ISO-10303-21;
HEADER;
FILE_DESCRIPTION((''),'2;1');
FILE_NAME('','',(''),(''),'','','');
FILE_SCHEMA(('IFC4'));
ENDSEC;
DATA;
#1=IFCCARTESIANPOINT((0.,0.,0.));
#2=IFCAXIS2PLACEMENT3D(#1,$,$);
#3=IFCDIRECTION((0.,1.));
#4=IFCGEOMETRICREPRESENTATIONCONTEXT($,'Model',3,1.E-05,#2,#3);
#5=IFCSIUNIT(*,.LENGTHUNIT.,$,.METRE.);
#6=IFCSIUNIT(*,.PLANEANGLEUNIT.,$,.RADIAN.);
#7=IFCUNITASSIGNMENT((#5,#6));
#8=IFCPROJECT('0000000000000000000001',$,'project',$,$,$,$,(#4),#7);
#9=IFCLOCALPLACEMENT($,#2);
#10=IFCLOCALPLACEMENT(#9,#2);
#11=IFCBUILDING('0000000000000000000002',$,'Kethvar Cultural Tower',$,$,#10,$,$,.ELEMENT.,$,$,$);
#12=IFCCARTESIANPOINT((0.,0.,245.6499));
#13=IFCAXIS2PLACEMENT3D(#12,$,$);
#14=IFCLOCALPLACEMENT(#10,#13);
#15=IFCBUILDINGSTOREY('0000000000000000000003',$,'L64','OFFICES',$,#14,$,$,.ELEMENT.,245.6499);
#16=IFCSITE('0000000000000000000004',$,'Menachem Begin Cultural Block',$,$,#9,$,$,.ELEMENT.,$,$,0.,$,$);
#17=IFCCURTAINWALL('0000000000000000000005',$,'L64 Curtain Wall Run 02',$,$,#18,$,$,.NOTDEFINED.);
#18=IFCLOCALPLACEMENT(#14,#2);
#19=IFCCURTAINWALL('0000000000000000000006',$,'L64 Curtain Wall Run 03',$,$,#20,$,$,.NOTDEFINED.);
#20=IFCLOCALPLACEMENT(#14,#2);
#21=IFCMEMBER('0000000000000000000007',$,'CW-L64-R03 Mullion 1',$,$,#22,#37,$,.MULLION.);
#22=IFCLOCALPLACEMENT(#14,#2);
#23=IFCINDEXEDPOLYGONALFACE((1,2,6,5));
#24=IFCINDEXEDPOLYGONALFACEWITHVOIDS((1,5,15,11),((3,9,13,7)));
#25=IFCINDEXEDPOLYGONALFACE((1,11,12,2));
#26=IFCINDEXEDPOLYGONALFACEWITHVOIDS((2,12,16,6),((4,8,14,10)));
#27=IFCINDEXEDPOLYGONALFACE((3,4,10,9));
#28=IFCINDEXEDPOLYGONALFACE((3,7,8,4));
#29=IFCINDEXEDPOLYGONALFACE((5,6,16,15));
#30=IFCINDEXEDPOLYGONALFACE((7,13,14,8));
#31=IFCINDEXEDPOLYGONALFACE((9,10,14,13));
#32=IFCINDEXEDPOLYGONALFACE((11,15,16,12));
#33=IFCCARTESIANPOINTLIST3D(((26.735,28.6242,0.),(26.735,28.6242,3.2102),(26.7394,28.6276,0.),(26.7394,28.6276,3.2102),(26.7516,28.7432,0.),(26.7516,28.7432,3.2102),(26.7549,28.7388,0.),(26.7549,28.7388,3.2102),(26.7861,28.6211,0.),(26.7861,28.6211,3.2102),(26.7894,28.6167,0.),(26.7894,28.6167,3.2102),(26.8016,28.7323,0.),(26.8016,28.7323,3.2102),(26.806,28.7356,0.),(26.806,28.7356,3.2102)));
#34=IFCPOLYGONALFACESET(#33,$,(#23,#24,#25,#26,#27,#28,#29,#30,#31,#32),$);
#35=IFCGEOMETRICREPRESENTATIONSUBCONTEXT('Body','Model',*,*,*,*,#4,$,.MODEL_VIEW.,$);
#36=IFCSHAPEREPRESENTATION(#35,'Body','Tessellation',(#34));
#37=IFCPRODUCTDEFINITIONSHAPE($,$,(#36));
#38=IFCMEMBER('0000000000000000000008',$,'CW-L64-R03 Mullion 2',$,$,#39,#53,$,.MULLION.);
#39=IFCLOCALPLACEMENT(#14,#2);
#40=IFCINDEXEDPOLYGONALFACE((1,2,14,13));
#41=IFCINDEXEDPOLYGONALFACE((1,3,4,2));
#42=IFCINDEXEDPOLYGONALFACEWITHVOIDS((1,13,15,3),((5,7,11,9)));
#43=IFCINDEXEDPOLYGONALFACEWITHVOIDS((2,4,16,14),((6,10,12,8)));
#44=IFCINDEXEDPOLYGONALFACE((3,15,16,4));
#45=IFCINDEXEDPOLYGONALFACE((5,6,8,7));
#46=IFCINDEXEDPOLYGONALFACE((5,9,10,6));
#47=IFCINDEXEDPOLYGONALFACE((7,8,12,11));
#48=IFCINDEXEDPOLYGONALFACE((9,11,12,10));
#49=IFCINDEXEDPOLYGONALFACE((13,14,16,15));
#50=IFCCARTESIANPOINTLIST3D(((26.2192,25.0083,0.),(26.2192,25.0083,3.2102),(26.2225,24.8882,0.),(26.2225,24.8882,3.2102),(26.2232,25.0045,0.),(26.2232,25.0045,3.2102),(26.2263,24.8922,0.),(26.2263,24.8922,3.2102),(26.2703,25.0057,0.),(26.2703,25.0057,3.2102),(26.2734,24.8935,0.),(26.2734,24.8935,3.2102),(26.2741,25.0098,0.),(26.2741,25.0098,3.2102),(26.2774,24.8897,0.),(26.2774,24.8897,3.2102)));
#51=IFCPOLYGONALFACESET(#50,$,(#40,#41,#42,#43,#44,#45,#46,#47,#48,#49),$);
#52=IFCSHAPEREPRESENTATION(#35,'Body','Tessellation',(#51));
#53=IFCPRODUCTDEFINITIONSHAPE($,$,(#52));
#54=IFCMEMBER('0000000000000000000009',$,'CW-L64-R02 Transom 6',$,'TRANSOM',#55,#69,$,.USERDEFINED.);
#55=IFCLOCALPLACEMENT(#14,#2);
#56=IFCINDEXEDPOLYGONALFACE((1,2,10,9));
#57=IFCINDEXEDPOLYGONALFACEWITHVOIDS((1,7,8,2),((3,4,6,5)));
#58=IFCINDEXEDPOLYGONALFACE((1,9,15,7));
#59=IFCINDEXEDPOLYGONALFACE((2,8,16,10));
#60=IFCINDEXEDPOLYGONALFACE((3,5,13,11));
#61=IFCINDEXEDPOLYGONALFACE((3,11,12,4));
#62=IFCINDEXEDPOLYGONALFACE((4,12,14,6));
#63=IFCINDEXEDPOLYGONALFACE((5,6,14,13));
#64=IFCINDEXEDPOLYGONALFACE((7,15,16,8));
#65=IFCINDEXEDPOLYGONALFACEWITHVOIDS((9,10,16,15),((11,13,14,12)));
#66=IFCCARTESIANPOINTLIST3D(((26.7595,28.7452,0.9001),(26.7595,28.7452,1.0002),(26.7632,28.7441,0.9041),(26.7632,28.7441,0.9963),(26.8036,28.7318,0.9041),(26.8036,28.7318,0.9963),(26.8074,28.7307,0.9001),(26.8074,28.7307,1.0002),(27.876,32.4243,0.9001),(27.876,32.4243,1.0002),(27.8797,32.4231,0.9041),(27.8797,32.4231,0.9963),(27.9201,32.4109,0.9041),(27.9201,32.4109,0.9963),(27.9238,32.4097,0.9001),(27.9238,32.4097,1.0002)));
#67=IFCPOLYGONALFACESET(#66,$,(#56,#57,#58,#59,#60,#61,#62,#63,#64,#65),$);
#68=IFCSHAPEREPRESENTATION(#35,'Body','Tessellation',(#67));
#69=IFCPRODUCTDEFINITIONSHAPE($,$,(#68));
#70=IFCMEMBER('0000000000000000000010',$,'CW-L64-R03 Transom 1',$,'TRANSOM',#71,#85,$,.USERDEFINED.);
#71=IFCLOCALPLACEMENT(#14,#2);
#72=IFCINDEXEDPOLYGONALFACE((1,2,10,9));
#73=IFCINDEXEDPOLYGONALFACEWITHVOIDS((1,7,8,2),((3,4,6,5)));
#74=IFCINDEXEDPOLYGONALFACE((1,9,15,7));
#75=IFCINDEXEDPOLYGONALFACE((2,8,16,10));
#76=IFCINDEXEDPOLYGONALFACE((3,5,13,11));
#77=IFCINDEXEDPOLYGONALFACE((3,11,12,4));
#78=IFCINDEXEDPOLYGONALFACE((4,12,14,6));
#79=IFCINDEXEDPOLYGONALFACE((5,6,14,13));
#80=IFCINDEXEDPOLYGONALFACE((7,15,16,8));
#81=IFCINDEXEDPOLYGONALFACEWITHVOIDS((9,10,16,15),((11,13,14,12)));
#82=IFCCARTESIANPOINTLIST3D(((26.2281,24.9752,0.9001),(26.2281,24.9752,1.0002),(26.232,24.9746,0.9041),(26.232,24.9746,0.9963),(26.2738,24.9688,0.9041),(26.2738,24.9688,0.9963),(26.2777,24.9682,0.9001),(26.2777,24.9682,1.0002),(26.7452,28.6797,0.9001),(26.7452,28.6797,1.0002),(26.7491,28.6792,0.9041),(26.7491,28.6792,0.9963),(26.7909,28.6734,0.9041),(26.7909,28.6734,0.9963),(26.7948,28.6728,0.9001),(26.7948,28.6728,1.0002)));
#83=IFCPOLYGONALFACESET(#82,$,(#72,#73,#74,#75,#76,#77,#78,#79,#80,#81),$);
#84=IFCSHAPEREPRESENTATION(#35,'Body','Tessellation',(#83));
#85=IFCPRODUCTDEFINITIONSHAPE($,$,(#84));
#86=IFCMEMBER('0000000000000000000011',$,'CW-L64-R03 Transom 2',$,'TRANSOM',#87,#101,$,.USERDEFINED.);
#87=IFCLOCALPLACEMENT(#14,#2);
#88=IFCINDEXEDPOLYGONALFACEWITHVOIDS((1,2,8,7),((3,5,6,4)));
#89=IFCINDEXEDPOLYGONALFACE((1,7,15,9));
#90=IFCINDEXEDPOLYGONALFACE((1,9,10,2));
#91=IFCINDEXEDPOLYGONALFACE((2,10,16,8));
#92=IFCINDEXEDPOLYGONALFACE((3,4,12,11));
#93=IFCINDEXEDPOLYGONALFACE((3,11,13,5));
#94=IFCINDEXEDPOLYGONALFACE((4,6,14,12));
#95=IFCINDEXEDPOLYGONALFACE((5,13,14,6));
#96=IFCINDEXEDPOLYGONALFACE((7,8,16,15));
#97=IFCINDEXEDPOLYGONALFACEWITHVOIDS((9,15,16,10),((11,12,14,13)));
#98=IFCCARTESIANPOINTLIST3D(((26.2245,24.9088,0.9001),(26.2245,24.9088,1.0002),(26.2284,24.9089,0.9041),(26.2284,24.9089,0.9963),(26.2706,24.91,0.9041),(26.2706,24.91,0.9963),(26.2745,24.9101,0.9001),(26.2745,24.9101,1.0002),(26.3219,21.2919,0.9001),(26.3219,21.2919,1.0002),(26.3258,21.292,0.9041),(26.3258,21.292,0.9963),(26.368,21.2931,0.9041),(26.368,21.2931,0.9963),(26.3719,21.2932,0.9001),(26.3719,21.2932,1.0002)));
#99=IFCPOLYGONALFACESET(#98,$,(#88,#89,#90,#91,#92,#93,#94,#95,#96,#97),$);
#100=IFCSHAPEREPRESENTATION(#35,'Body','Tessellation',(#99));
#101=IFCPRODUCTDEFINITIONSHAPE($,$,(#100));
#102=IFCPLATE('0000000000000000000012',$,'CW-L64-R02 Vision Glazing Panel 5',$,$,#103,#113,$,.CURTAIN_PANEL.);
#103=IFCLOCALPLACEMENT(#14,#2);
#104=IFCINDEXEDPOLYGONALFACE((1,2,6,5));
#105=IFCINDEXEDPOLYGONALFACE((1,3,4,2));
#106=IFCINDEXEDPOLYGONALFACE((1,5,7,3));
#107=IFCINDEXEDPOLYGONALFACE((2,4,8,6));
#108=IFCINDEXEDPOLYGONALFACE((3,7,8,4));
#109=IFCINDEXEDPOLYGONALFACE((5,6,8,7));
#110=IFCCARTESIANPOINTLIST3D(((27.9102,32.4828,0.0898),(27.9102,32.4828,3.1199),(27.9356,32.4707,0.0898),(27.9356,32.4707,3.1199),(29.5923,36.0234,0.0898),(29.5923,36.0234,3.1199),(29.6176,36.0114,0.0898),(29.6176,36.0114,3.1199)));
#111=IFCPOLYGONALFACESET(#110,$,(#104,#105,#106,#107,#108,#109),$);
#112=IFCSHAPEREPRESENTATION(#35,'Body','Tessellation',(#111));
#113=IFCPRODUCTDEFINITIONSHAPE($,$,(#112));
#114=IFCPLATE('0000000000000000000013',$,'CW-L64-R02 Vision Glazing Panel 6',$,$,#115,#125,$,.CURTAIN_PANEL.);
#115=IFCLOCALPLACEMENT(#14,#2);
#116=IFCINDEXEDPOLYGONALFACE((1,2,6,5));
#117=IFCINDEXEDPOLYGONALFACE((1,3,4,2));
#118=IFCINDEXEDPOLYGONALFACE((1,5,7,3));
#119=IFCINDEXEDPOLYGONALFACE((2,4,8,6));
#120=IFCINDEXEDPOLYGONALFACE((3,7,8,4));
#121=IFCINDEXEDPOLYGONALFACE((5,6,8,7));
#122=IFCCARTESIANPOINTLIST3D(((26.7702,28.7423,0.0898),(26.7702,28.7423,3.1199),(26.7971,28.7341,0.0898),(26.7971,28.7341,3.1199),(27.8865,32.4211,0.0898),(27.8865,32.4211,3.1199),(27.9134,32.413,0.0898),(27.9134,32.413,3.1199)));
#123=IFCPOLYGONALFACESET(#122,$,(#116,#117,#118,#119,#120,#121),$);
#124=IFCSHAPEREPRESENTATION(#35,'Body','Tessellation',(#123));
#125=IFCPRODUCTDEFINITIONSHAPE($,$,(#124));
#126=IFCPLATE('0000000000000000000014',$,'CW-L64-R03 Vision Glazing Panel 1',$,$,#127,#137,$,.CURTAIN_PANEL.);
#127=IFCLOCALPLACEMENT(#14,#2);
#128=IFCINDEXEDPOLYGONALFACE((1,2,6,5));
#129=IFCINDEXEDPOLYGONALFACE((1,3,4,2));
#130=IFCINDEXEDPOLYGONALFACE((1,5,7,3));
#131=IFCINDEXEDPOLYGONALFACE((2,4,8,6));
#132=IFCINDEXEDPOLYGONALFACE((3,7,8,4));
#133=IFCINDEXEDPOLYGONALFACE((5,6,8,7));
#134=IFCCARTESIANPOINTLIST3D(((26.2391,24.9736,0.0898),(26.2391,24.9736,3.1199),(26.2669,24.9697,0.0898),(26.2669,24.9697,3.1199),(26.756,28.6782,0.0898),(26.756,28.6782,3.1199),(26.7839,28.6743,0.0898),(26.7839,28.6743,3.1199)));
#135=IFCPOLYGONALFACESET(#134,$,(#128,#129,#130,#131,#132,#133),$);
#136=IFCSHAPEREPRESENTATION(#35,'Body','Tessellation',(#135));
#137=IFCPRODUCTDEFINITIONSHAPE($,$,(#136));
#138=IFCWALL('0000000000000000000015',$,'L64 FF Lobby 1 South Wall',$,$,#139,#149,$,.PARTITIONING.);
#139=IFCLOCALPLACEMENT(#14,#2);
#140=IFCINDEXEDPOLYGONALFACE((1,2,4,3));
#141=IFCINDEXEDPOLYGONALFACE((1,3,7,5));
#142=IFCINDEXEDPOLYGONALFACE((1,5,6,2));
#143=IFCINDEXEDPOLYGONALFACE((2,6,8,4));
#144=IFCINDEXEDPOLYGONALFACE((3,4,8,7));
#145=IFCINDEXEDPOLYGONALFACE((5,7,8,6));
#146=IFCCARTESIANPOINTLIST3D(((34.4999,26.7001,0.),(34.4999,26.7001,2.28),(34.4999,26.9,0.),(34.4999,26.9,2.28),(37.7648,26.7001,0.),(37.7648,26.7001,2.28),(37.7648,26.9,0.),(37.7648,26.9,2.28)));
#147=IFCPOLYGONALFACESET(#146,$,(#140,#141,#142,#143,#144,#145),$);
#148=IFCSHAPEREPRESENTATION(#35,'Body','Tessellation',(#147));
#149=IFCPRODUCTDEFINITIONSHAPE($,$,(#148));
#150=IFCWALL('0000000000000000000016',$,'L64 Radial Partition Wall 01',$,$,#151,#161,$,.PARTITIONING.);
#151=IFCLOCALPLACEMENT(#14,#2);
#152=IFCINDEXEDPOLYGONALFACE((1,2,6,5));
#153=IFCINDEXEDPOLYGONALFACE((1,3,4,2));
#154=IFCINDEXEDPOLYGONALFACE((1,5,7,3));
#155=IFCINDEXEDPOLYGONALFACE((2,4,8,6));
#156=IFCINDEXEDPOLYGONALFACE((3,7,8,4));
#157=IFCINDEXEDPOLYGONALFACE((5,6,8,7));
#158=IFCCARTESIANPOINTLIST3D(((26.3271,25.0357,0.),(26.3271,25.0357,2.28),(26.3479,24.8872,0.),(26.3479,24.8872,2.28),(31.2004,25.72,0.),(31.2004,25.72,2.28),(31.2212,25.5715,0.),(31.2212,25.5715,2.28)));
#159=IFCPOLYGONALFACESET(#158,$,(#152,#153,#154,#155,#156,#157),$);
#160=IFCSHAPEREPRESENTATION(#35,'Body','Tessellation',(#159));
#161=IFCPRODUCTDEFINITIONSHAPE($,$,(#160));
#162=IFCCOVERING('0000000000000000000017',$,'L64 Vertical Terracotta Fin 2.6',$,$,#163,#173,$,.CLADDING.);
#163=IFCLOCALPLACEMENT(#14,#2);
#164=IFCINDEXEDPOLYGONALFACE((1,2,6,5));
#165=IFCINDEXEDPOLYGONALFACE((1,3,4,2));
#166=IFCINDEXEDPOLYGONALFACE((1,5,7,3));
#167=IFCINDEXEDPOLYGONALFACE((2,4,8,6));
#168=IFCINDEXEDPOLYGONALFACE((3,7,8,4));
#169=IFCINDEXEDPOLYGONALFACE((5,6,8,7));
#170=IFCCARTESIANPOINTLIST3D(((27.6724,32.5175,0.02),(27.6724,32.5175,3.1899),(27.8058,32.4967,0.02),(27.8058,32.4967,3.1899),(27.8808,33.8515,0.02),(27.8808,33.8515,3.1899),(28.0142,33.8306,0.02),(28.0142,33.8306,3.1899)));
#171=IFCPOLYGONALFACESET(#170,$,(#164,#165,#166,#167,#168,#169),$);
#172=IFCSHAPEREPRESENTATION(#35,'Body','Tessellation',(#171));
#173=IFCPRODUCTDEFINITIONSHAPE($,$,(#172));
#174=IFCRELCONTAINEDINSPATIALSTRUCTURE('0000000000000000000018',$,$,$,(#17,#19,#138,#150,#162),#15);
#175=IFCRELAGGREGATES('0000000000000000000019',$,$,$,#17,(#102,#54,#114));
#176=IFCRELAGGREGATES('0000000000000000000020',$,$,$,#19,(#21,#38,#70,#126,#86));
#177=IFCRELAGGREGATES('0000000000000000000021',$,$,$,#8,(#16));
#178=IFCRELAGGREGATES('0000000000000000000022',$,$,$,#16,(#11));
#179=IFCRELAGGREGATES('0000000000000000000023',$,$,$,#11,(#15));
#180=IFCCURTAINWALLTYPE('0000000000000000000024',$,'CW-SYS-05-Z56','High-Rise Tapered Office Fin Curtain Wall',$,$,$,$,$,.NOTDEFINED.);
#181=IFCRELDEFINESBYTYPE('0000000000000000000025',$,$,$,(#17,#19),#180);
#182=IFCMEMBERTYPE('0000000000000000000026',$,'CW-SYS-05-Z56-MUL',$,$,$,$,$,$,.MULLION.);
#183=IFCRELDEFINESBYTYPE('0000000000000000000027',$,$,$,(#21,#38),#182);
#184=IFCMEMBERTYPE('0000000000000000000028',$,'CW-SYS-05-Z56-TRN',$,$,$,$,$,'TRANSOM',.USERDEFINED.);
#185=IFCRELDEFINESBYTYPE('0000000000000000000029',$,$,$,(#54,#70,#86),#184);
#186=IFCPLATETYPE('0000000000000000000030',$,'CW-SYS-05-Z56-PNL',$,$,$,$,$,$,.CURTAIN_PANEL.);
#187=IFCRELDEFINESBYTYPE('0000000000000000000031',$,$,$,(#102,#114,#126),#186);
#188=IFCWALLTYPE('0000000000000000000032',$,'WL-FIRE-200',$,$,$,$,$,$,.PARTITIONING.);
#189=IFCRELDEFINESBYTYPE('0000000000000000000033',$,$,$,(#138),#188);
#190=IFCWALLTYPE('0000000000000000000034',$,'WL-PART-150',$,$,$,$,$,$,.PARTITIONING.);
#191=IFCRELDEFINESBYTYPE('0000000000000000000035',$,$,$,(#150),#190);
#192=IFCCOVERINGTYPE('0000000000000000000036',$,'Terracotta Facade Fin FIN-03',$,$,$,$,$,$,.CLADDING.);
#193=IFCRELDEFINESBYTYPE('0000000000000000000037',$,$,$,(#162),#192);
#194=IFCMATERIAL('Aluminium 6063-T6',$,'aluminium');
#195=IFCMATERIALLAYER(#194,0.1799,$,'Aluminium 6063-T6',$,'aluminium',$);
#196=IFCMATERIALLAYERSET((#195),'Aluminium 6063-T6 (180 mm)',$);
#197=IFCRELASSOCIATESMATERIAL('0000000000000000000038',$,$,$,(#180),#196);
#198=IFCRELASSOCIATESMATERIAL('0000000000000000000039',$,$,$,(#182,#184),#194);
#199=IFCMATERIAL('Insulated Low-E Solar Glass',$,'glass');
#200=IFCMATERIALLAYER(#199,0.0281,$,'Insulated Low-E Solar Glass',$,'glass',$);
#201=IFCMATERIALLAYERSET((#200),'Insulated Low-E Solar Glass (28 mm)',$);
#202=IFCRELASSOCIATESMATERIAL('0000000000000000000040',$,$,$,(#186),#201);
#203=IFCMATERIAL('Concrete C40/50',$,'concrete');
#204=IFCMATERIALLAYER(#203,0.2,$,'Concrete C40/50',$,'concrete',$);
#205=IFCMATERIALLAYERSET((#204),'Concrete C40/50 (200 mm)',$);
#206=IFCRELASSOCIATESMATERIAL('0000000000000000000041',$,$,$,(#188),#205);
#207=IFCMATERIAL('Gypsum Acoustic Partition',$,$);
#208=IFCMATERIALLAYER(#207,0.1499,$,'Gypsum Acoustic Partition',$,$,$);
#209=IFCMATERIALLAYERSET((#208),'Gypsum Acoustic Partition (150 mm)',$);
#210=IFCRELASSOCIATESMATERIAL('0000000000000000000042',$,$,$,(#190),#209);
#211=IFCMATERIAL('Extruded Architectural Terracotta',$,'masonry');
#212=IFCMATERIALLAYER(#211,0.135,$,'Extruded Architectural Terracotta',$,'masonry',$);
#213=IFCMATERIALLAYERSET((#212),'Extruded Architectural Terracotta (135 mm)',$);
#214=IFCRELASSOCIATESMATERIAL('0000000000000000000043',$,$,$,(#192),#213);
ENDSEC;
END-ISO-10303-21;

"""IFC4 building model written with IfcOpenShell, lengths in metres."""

from ifc_helpers import new_model, si_unit, direction, frame, frame_2d, origin, origin_2d, place, context, subcontext, project, spatial, rectangle, hollow_rectangle, extrude, source, transform, mapped, material, layer, layer_set, material_profile, profile_set, type_object, element, aggregate, save


model = new_model("IFC4")

# Units and contexts
model_context = context("Model", 3, precision=1e-05, world=origin(), true_north=direction((0.0, 1.0)))
body_context = subcontext(model_context, "Body", "Model", "MODEL_VIEW")
ifc_project = project(units=[si_unit("LENGTHUNIT", "METRE"), si_unit("PLANEANGLEUNIT", "RADIAN")], contexts=[model_context])

# Site, building, storey
site_placement = place(None, origin())
site = spatial("IfcSite", under=ifc_project, at=site_placement, Name="Menachem Begin Cultural Block", CompositionType="ELEMENT", RefElevation=0.0)
building_placement = place(site_placement, origin())
building = spatial("IfcBuilding", under=site, at=building_placement, Name="Kethvar Cultural Tower", CompositionType="ELEMENT")
storey_placement = place(building_placement, frame((0.0, 0.0, 245.6499)))
storey = spatial("IfcBuildingStorey", under=building, at=storey_placement, Name="L64", Description="OFFICES", CompositionType="ELEMENT", Elevation=245.6499)

# Curtain walls, members
ifc_material_1 = material(Name="Aluminium 6063-T6", Category="aluminium")
ifc_layer_1 = layer(ifc_material_1, 0.1799, Name="Aluminium 6063-T6", Category="aluminium")
ifc_layer_set_1 = layer_set([ifc_layer_1], Name="Aluminium 6063-T6 (180 mm)")
curtain_wall_type = type_object("IfcCurtainWallType", Name="CW-SYS-05-Z56", Description="High-Rise Tapered Office Fin Curtain Wall", PredefinedType="NOTDEFINED", material=ifc_layer_set_1)
curtain_wall_1_placement = place(storey_placement, origin())
curtain_wall_1 = element("IfcCurtainWall", 1, at=curtain_wall_1_placement, inside=storey, type_object=curtain_wall_type, Name="L64 Curtain Wall Run 02", PredefinedType="NOTDEFINED")
ifc_material_profile_1 = material_profile(ifc_material_1, hollow_rectangle(XDim=0.0549, YDim=0.1201, WallThickness=0.0039, at=origin_2d()), Name="Aluminium 6063-T6 — RHS120x55x4")
ifc_profile_set_1 = profile_set([ifc_material_profile_1], Name="Aluminium 6063-T6 — RHS120x55x4")
member_type_1 = type_object("IfcMemberType", Name="CW-SYS-05-Z56-MUL", PredefinedType="MULLION", material=ifc_profile_set_1)
shared_shape_1 = source(origin(), body_context, "Body", "SweptSolid", [
    extrude(hollow_rectangle(XDim=0.0549, YDim=0.1201, WallThickness=0.0039, at=origin_2d()), origin(), (0.0, 0.0, 1.0), 3.2102),
])
curtain_wall_2_placement = place(storey_placement, origin())
curtain_wall_2 = element("IfcCurtainWall", 2, at=curtain_wall_2_placement, inside=storey, type_object=curtain_wall_type, Name="L64 Curtain Wall Run 03", PredefinedType="NOTDEFINED")
member_1_placement = place(storey_placement, frame((26.7705, 28.6799, 0.0), z_axis=(0.0, 0.0, 1.0), x_axis=(0.990404, -0.138205, 0.0)))
member_1 = element("IfcMember", 3, at=member_1_placement, type_object=member_type_1, Name="CW-L64-R03 Mullion 1", PredefinedType="MULLION", context=body_context, shape_type="MappedRepresentation", body=[
    mapped(shared_shape_1, transform((0.0, 0.0, 0.0), scale=1.0)),
])
member_2_placement = place(storey_placement, frame((26.2483, 24.949, 0.0), z_axis=(0.0, 0.0, 1.0), x_axis=(0.999637, 0.026945, 0.0)))
member_2 = element("IfcMember", 4, at=member_2_placement, type_object=member_type_1, Name="CW-L64-R03 Mullion 2", PredefinedType="MULLION", context=body_context, shape_type="MappedRepresentation", body=[
    mapped(shared_shape_1, transform((0.0, 0.0, 0.0), scale=1.0)),
])

# Members
ifc_material_profile_2 = material_profile(ifc_material_1, hollow_rectangle(XDim=0.05, YDim=0.1001, WallThickness=0.0039, at=origin_2d()), Name="Aluminium 6063-T6 — RHS100x50x4")
ifc_profile_set_2 = profile_set([ifc_material_profile_2], Name="Aluminium 6063-T6 — RHS100x50x4")
member_type_2 = type_object("IfcMemberType", Name="CW-SYS-05-Z56-TRN", ElementType="TRANSOM", PredefinedType="USERDEFINED", material=ifc_profile_set_2)
shared_shape_2 = source(origin(), body_context, "Body", "SweptSolid", [
    extrude(hollow_rectangle(XDim=0.05, YDim=0.1001, WallThickness=0.0039, at=origin_2d()), origin(), (0.0, 0.0, 1.0), 3.8447),
])
member_3_placement = place(storey_placement, frame((27.8999, 32.417, 0.9502), z_axis=(-0.290393, -0.956907, 0.0), x_axis=(0.956907, -0.290393, 0.0)))
member_3 = element("IfcMember", 5, at=member_3_placement, type_object=member_type_2, Name="CW-L64-R02 Transom 6", ObjectType="TRANSOM", PredefinedType="USERDEFINED", context=body_context, shape_type="MappedRepresentation", body=[
    mapped(shared_shape_2, transform((0.0, 0.0, 0.0), scale=1.0)),
])
shared_shape_3 = source(origin(), body_context, "Body", "SweptSolid", [
    extrude(hollow_rectangle(XDim=0.05, YDim=0.1001, WallThickness=0.0039, at=origin_2d()), origin(), (0.0, 0.0, 1.0), 3.7405),
])
member_4_placement = place(storey_placement, frame((26.77, 28.6763, 0.9502), z_axis=(-0.138241, -0.990399, 0.0), x_axis=(0.990399, -0.138241, 0.0)))
member_4 = element("IfcMember", 6, at=member_4_placement, type_object=member_type_2, Name="CW-L64-R03 Transom 1", ObjectType="TRANSOM", PredefinedType="USERDEFINED", context=body_context, shape_type="MappedRepresentation", body=[
    mapped(shared_shape_3, transform((0.0, 0.0, 0.0), scale=1.0)),
])
shared_shape_4 = source(origin(), body_context, "Body", "SweptSolid", [
    extrude(hollow_rectangle(XDim=0.05, YDim=0.1001, WallThickness=0.0039, at=origin_2d()), origin(), (0.0, 0.0, 1.0), 3.6182),
])
member_5_placement = place(storey_placement, frame((26.2495, 24.9094, 0.9502), z_axis=(0.026922, -0.999638, 0.0), x_axis=(0.999638, 0.026922, 0.0)))
member_5 = element("IfcMember", 7, at=member_5_placement, type_object=member_type_2, Name="CW-L64-R03 Transom 2", ObjectType="TRANSOM", PredefinedType="USERDEFINED", context=body_context, shape_type="MappedRepresentation", body=[
    mapped(shared_shape_4, transform((0.0, 0.0, 0.0), scale=1.0)),
])

# Plates
ifc_material_2 = material(Name="Insulated Low-E Solar Glass", Category="glass")
ifc_layer_2 = layer(ifc_material_2, 0.0281, Name="Insulated Low-E Solar Glass", Category="glass")
ifc_layer_set_2 = layer_set([ifc_layer_2], Name="Insulated Low-E Solar Glass (28 mm)")
plate_type = type_object("IfcPlateType", Name="CW-SYS-05-Z56-PNL", PredefinedType="CURTAIN_PANEL", material=ifc_layer_set_2)
shared_shape_5 = source(origin(), body_context, "Body", "SweptSolid", [
    extrude(rectangle(XDim=3.9199, YDim=0.0281, at=origin_2d()), origin(), (0.0, 0.0, 1.0), 3.03),
])
plate_1_placement = place(storey_placement, frame((28.7639, 34.2471, 0.0898), z_axis=(0.0, 0.0, 1.0), x_axis=(-0.429109, -0.903253, 0.0)))
plate_1 = element("IfcPlate", 8, at=plate_1_placement, type_object=plate_type, Name="CW-L64-R02 Vision Glazing Panel 5", PredefinedType="CURTAIN_PANEL", context=body_context, shape_type="MappedRepresentation", body=[
    mapped(shared_shape_5, transform((0.0, 0.0, 0.0), scale=1.0)),
])
shared_shape_6 = source(origin(), body_context, "Body", "SweptSolid", [
    extrude(rectangle(XDim=3.8445, YDim=0.0281, at=origin_2d()), origin(), (0.0, 0.0, 1.0), 3.03),
])
plate_2_placement = place(storey_placement, frame((27.3418, 30.5776, 0.0898), z_axis=(0.0, 0.0, 1.0), x_axis=(-0.290368, -0.956915, 0.0)))
plate_2 = element("IfcPlate", 9, at=plate_2_placement, type_object=plate_type, Name="CW-L64-R02 Vision Glazing Panel 6", PredefinedType="CURTAIN_PANEL", context=body_context, shape_type="MappedRepresentation", body=[
    mapped(shared_shape_6, transform((0.0, 0.0, 0.0), scale=1.0)),
])
aggregate(curtain_wall_1, [plate_1, member_3, plate_2])
shared_shape_7 = source(origin(), body_context, "Body", "SweptSolid", [
    extrude(rectangle(XDim=3.7405, YDim=0.0281, at=origin_2d()), origin(), (0.0, 0.0, 1.0), 3.03),
])
plate_3_placement = place(storey_placement, frame((26.5115, 26.824, 0.0898), z_axis=(0.0, 0.0, 1.0), x_axis=(-0.138205, -0.990404, 0.0)))
plate_3 = element("IfcPlate", 10, at=plate_3_placement, type_object=plate_type, Name="CW-L64-R03 Vision Glazing Panel 1", PredefinedType="CURTAIN_PANEL", context=body_context, shape_type="MappedRepresentation", body=[
    mapped(shared_shape_7, transform((0.0, 0.0, 0.0), scale=1.0)),
])
aggregate(curtain_wall_2, [member_1, member_2, member_4, plate_3, member_5])

# Shared definitions
ifc_material_3 = material(Name="Concrete C40/50", Category="concrete")
ifc_layer_3 = layer(ifc_material_3, 0.2, Name="Concrete C40/50", Category="concrete")
ifc_layer_set_3 = layer_set([ifc_layer_3], Name="Concrete C40/50 (200 mm)")
wall_type_1 = type_object("IfcWallType", Name="WL-FIRE-200", PredefinedType="PARTITIONING", material=ifc_layer_set_3)

# Walls
wall_1_placement = place(storey_placement, frame((34.5, 26.8, 0.0), z_axis=(0.0, 0.0, 1.0), x_axis=(1.0, 0.0, 0.0)))
element("IfcWall", 11, at=wall_1_placement, inside=storey, type_object=wall_type_1, Name="L64 FF Lobby 1 South Wall", PredefinedType="PARTITIONING", context=body_context, shape_type="SweptSolid", body=[
    extrude(rectangle(XDim=3.2649, YDim=0.2, at=frame_2d((1.6323, 0.0))), origin(), (0.0, 0.0, 1.0), 2.28),
])
ifc_material_4 = material(Name="Gypsum Acoustic Partition")
ifc_layer_4 = layer(ifc_material_4, 0.1499, Name="Gypsum Acoustic Partition")
ifc_layer_set_4 = layer_set([ifc_layer_4], Name="Gypsum Acoustic Partition (150 mm)")
wall_type_2 = type_object("IfcWallType", Name="WL-PART-150", PredefinedType="PARTITIONING", material=ifc_layer_set_4)
wall_2_placement = place(storey_placement, frame((31.2107, 25.6458, 0.0), z_axis=(0.0, 0.0, 1.0), x_axis=(-0.990284, -0.139059, 0.0)))
element("IfcWall", 12, at=wall_2_placement, inside=storey, type_object=wall_type_2, Name="L64 Radial Partition Wall 01", PredefinedType="PARTITIONING", context=body_context, shape_type="SweptSolid", body=[
    extrude(rectangle(XDim=4.9211, YDim=0.1499, at=frame_2d((2.4604, 0.0))), origin(), (0.0, 0.0, 1.0), 2.28),
])

# Covering
ifc_material_5 = material(Name="Extruded Architectural Terracotta", Category="masonry")
ifc_layer_5 = layer(ifc_material_5, 0.135, Name="Extruded Architectural Terracotta", Category="masonry")
ifc_layer_set_5 = layer_set([ifc_layer_5], Name="Extruded Architectural Terracotta (135 mm)")
covering_type = type_object("IfcCoveringType", Name="Terracotta Facade Fin FIN-03", PredefinedType="CLADDING", material=ifc_layer_set_5)
shared_shape_8 = source(origin(), body_context, "Body", "SweptSolid", [
    extrude(rectangle(XDim=1.3501, YDim=0.135, at=origin_2d()), origin(), (0.0, 0.0, 1.0), 3.1699),
])
for number, where, z_axis, x_axis, name in (
    (13, (27.8433, 33.1741, 0.02), (0.0, 0.0, 1.0), (0.154366, 0.988014, 0.0), "L64 Vertical Terracotta Fin 2.6"),
):
    element("IfcCovering", number, at=place(storey_placement, frame(where, z_axis=z_axis, x_axis=x_axis)), inside=storey, type_object=covering_type, Name=name, PredefinedType="CLADDING", context=body_context, shape_type="MappedRepresentation", body=[
        mapped(shared_shape_8, transform((0.0, 0.0, 0.0), scale=1.0)),
    ])

save(model, "model.ifc")
